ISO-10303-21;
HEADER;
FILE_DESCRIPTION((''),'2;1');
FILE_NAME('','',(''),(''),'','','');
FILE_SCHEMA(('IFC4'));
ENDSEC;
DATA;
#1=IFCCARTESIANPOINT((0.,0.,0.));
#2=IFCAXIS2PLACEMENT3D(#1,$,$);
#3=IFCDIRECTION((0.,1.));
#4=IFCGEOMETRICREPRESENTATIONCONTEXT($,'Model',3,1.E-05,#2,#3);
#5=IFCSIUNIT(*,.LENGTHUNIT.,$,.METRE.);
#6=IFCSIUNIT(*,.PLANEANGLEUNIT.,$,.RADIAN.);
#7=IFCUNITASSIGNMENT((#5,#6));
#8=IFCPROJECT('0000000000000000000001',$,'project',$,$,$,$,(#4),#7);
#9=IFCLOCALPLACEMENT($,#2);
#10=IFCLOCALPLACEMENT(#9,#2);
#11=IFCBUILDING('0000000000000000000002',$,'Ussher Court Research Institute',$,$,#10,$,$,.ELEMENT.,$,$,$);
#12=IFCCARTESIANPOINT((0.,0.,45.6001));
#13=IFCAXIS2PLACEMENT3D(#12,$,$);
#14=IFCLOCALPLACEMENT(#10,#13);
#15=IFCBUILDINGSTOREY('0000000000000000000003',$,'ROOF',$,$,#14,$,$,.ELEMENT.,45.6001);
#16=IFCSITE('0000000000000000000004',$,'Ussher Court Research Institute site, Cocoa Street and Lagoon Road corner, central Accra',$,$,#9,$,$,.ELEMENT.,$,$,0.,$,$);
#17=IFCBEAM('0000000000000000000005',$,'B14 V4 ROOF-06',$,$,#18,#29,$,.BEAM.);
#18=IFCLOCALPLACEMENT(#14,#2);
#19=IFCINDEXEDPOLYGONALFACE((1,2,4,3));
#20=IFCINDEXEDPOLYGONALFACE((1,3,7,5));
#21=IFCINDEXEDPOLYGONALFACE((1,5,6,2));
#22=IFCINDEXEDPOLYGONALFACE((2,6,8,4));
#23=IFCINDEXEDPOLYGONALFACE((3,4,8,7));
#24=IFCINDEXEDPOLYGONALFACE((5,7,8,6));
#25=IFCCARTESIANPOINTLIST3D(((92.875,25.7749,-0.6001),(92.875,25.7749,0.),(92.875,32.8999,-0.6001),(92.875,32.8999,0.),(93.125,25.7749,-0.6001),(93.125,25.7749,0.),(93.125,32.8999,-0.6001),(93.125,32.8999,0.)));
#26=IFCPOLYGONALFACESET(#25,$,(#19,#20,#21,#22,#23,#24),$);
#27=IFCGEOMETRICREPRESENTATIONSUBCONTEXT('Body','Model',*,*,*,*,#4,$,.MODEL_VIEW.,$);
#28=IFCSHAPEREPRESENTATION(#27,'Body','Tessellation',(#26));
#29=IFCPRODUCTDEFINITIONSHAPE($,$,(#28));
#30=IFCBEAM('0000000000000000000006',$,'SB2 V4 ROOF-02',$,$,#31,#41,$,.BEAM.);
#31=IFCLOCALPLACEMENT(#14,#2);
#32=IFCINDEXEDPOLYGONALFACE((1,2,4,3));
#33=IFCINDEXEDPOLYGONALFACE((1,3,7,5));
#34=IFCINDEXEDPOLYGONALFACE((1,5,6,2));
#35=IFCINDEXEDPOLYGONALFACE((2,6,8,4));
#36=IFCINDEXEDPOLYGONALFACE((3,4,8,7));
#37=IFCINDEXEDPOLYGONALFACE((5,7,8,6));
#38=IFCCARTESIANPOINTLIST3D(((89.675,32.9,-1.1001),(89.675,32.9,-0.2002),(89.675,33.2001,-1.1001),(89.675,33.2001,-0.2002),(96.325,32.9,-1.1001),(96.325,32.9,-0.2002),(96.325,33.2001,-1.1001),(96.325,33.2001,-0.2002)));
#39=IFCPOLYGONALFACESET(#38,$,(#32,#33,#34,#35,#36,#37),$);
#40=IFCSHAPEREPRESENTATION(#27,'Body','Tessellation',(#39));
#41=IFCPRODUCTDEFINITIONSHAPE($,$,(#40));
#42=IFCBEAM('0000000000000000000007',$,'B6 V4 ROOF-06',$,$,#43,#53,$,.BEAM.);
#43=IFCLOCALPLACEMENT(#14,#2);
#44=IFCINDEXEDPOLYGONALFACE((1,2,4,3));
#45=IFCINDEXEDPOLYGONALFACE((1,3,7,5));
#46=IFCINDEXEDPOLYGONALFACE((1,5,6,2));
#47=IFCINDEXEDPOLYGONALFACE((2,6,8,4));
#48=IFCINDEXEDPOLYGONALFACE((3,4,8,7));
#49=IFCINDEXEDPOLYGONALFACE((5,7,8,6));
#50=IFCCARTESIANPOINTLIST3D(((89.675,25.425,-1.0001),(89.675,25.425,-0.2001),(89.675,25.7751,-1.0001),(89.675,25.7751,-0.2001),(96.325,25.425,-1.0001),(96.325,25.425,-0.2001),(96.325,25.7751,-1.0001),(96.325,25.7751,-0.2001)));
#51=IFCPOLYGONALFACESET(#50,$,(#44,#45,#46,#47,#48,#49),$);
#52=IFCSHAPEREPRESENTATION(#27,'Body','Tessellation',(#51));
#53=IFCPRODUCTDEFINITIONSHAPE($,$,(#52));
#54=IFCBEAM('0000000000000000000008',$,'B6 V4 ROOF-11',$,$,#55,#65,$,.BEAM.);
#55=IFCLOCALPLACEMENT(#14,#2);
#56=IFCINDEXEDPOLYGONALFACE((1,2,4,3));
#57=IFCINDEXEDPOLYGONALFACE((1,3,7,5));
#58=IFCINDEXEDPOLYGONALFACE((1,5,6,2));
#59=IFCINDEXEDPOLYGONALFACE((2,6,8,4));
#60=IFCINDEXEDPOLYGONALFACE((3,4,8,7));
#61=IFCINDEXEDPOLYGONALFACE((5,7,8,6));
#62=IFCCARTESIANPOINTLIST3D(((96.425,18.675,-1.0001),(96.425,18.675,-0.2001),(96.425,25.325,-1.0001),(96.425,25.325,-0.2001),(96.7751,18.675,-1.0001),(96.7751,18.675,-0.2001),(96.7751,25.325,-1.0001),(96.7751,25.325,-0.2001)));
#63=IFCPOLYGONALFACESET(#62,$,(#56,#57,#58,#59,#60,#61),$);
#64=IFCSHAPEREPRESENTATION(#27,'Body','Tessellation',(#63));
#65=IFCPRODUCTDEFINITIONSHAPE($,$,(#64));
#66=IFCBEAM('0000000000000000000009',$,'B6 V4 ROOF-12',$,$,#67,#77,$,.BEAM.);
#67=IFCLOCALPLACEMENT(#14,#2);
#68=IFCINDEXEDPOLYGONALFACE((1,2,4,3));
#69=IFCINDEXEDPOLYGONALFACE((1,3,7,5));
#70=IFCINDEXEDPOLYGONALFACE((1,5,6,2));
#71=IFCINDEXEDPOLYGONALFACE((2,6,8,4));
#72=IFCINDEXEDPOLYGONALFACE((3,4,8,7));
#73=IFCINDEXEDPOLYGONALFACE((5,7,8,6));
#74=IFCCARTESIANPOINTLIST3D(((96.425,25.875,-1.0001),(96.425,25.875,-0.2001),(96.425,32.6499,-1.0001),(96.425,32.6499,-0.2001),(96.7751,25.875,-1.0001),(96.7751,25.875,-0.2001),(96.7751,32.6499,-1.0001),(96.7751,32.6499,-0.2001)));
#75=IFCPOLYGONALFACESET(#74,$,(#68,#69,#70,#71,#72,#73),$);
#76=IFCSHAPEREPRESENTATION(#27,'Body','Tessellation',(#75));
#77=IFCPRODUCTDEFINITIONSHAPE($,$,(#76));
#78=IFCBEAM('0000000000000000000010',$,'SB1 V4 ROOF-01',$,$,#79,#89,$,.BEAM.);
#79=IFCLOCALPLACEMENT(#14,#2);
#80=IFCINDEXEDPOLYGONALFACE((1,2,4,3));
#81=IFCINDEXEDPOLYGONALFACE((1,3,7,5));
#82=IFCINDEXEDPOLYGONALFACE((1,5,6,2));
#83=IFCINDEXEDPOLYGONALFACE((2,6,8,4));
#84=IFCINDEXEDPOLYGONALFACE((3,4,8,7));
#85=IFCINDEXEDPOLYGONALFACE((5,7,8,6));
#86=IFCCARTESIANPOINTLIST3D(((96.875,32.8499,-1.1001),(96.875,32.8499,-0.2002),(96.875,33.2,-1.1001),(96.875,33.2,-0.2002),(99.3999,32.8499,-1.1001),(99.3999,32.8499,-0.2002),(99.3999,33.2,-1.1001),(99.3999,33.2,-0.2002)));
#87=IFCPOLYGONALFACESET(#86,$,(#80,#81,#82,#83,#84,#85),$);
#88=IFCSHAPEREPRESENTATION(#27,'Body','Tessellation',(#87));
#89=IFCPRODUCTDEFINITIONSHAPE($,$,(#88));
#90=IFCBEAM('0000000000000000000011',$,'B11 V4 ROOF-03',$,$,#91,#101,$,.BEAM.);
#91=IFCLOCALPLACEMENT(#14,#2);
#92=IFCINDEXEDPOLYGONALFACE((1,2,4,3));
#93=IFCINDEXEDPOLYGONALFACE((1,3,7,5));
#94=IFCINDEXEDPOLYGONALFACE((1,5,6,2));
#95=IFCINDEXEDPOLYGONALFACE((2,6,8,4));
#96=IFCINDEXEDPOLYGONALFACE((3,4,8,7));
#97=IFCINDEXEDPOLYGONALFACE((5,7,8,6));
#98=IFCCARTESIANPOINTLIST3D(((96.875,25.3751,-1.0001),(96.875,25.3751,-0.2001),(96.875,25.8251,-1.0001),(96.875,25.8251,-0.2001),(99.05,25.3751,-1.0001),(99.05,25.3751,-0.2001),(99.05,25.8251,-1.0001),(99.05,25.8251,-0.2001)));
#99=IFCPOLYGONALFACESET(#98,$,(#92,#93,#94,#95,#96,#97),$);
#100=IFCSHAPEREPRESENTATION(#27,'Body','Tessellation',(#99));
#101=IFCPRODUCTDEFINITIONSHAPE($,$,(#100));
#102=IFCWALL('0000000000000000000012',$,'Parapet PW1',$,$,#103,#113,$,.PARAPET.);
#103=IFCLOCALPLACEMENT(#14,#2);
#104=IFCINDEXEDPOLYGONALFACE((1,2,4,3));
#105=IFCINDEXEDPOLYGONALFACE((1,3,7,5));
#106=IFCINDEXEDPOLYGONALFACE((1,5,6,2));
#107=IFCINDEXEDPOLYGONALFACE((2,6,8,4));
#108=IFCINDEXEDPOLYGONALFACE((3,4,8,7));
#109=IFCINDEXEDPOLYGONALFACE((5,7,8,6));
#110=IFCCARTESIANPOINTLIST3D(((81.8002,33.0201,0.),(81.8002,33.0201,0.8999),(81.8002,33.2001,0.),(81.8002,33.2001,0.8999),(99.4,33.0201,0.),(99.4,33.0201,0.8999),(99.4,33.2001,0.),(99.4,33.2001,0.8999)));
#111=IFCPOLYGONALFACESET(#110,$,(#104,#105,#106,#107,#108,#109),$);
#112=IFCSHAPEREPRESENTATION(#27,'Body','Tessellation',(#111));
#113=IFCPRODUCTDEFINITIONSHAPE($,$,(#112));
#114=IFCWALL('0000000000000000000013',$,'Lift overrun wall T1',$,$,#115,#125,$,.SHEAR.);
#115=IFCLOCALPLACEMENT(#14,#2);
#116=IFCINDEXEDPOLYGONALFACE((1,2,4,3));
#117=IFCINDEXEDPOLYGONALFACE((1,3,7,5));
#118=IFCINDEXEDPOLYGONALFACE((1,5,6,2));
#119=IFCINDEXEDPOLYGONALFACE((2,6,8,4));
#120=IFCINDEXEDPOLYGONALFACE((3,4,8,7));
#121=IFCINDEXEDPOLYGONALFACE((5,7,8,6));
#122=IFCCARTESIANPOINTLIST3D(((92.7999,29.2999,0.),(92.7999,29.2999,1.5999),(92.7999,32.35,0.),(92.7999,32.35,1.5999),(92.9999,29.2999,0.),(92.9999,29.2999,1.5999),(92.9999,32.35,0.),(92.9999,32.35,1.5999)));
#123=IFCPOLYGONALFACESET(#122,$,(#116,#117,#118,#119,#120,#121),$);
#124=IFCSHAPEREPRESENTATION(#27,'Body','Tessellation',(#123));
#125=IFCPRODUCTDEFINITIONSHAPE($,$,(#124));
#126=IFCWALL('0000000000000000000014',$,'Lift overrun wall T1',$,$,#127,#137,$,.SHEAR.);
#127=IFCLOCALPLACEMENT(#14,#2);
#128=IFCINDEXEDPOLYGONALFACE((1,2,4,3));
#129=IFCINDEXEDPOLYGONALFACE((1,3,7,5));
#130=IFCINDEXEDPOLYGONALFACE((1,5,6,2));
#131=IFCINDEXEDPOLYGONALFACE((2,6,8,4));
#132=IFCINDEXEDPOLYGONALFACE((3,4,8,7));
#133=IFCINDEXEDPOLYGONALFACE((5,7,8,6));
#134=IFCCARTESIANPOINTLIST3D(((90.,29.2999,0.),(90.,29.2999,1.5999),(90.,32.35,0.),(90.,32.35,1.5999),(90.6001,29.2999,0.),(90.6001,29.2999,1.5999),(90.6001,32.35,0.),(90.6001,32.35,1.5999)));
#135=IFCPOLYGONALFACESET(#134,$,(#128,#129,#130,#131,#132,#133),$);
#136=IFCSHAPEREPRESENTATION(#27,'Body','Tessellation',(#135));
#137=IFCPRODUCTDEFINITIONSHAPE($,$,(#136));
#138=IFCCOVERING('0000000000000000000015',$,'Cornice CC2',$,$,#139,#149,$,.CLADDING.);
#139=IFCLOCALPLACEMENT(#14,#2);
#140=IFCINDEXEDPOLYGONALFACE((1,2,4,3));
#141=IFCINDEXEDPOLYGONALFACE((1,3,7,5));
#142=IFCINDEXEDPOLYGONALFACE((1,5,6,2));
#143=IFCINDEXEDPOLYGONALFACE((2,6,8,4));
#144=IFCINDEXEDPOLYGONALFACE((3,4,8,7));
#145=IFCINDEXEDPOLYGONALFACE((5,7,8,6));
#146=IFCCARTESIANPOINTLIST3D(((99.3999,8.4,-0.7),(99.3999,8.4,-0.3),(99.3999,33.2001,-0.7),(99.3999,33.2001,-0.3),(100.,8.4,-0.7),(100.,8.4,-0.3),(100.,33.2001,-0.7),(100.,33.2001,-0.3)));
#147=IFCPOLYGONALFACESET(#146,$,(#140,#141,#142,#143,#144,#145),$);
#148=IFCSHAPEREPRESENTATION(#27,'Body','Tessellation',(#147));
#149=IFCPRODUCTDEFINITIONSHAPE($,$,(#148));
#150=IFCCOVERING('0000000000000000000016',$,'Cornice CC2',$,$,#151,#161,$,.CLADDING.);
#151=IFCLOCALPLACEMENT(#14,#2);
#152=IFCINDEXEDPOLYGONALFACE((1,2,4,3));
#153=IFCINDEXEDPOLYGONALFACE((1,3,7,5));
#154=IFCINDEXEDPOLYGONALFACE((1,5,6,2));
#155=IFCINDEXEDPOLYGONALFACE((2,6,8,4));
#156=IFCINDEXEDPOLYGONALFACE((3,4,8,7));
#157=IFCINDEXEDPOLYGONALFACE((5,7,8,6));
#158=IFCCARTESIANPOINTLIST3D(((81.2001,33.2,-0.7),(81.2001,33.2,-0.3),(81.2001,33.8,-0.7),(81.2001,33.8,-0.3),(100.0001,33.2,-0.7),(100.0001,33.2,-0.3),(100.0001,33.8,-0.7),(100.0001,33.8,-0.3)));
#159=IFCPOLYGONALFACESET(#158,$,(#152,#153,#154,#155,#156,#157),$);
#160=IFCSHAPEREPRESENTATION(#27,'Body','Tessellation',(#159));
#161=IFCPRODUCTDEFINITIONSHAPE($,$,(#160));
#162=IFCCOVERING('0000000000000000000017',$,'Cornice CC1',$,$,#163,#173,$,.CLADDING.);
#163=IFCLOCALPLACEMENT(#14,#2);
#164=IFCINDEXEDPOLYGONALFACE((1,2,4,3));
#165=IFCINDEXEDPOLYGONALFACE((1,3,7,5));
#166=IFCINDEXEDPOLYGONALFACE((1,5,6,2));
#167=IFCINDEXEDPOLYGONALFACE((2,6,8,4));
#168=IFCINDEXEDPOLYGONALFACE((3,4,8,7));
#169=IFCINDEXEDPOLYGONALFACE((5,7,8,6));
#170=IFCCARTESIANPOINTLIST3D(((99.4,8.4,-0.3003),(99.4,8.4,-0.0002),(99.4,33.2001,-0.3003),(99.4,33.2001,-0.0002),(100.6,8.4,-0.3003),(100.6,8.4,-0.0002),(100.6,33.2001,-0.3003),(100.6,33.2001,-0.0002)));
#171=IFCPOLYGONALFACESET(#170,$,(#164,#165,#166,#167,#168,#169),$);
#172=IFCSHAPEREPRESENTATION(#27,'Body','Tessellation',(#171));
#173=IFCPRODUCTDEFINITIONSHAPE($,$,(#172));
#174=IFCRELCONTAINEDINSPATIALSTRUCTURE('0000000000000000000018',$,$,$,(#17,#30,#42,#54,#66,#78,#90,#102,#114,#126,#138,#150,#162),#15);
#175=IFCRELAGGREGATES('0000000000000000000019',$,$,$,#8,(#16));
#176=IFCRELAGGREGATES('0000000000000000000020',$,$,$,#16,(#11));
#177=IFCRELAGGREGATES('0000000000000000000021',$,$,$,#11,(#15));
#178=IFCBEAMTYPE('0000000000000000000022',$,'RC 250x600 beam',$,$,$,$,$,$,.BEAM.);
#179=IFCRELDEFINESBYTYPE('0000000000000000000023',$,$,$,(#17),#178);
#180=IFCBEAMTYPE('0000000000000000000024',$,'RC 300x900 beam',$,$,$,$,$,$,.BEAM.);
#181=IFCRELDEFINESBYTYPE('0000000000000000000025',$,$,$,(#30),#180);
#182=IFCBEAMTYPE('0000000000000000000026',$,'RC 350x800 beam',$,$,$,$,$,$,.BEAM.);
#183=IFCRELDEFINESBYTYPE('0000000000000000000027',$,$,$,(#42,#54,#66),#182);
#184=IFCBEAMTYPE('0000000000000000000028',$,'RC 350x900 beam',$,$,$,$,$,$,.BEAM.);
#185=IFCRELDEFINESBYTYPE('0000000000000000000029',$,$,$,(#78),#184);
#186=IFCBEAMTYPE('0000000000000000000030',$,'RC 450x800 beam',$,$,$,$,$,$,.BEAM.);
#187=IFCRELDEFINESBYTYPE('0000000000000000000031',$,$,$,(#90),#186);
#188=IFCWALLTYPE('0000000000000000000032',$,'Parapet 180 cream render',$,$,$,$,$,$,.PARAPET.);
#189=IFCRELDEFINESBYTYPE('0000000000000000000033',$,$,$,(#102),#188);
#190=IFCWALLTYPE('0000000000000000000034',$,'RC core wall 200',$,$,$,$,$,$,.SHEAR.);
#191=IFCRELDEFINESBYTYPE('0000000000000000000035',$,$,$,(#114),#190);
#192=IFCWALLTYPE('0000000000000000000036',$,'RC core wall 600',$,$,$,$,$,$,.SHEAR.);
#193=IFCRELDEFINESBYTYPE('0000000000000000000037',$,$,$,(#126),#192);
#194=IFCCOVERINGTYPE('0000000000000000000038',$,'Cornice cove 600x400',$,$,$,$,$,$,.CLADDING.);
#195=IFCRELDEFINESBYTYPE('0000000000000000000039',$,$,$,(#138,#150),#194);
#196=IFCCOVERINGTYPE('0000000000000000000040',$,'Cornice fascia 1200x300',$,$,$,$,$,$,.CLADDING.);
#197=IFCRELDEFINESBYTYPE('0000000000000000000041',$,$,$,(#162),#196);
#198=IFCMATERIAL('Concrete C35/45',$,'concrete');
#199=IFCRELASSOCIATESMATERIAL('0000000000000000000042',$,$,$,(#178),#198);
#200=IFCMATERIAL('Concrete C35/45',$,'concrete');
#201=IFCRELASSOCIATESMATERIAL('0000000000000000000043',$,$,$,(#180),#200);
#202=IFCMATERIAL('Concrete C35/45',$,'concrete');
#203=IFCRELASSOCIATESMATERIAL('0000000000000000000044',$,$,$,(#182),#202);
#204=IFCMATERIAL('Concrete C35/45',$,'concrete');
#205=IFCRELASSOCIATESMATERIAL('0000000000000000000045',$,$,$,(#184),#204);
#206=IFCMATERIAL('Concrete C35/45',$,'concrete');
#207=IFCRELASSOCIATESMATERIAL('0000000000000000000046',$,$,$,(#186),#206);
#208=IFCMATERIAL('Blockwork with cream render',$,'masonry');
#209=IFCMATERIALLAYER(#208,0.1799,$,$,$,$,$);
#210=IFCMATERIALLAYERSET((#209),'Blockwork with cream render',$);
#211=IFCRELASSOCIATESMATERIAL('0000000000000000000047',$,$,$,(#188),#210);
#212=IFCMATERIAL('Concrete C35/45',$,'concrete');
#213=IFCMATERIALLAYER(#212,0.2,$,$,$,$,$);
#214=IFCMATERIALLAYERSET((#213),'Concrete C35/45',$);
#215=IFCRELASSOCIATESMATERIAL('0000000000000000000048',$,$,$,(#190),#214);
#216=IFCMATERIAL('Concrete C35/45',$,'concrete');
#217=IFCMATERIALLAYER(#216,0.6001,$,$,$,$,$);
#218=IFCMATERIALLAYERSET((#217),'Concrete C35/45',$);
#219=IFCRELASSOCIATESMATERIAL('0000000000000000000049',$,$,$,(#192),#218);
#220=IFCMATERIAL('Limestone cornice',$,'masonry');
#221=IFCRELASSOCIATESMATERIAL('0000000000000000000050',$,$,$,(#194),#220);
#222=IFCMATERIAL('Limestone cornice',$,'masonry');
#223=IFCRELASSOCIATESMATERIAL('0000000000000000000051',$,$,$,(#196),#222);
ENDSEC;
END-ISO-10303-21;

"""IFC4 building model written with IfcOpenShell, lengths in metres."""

from ifc_helpers import new_model, si_unit, direction, frame, frame_2d, origin, origin_2d, place, context, subcontext, project, spatial, rectangle, extrude, material, layer, layer_set, material_profile, profile_set, type_object, element, save


model = new_model("IFC4")

# Units and contexts
model_context = context("Model", 3, precision=1e-05, world=origin(), true_north=direction((0.0, 1.0)))
body_context = subcontext(model_context, "Body", "Model", "MODEL_VIEW")
ifc_project = project(units=[si_unit("LENGTHUNIT", "METRE"), si_unit("PLANEANGLEUNIT", "RADIAN")], contexts=[model_context])

# Site, building, storey
site_placement = place(None, origin())
site = spatial("IfcSite", under=ifc_project, at=site_placement, Name="Ussher Court Research Institute site, Cocoa Street and Lagoon Road corner, central Accra", CompositionType="ELEMENT", RefElevation=0.0)
building_placement = place(site_placement, origin())
building = spatial("IfcBuilding", under=site, at=building_placement, Name="Ussher Court Research Institute", CompositionType="ELEMENT")
storey_placement = place(building_placement, frame((0.0, 0.0, 45.6001)))
storey = spatial("IfcBuildingStorey", under=building, at=storey_placement, Name="ROOF", CompositionType="ELEMENT", Elevation=45.6001)

# Beams
ifc_material_1 = material(Name="Concrete C35/45", Category="concrete")
ifc_material_profile_1 = material_profile(ifc_material_1, rectangle(XDim=0.25, YDim=0.6001, at=origin_2d()), Name="RC 250x600")
ifc_profile_set_1 = profile_set([ifc_material_profile_1], Name="Concrete C35/45")
beam_type_1 = type_object("IfcBeamType", Name="RC 250x600 beam", PredefinedType="BEAM", material=ifc_profile_set_1)
beam_1_placement = place(storey_placement, frame((93.0, 25.7749, -0.3), z_axis=(0.0, 1.0, 0.0), x_axis=(-1.0, 0.0, 0.0)))
element("IfcBeam", 1, at=beam_1_placement, inside=storey, type_object=beam_type_1, Name="B14 V4 ROOF-06", PredefinedType="BEAM", context=body_context, shape_type="SweptSolid", body=[
    extrude(rectangle(XDim=0.25, YDim=0.6001, at=origin_2d()), origin(), (0.0, 0.0, 1.0), 7.125),
])
ifc_material_2 = material(Name="Concrete C35/45", Category="concrete")
ifc_material_profile_2 = material_profile(ifc_material_2, rectangle(XDim=0.3, YDim=0.8999, at=origin_2d()), Name="RC 300x900")
ifc_profile_set_2 = profile_set([ifc_material_profile_2], Name="Concrete C35/45")
beam_type_2 = type_object("IfcBeamType", Name="RC 300x900 beam", PredefinedType="BEAM", material=ifc_profile_set_2)
beam_2_placement = place(storey_placement, frame((89.675, 33.05, -0.6501), z_axis=(1.0, 0.0, 0.0), x_axis=(0.0, 1.0, 0.0)))
element("IfcBeam", 2, at=beam_2_placement, inside=storey, type_object=beam_type_2, Name="SB2 V4 ROOF-02", PredefinedType="BEAM", context=body_context, shape_type="SweptSolid", body=[
    extrude(rectangle(XDim=0.3, YDim=0.8999, at=origin_2d()), origin(), (0.0, 0.0, 1.0), 6.6499),
])
ifc_material_3 = material(Name="Concrete C35/45", Category="concrete")
ifc_material_profile_3 = material_profile(ifc_material_3, rectangle(XDim=0.3501, YDim=0.8, at=origin_2d()), Name="RC 350x800")
ifc_profile_set_3 = profile_set([ifc_material_profile_3], Name="Concrete C35/45")
beam_type_3 = type_object("IfcBeamType", Name="RC 350x800 beam", PredefinedType="BEAM", material=ifc_profile_set_3)
for number, where, z_axis, x_axis, name in (
    (3, (89.675, 25.6001, -0.6001), (1.0, 0.0, 0.0), (0.0, 1.0, 0.0), "B6 V4 ROOF-06"),
    (4, (96.6001, 18.675, -0.6001), (0.0, 1.0, 0.0), (-1.0, 0.0, 0.0), "B6 V4 ROOF-11"),
):
    element("IfcBeam", number, at=place(storey_placement, frame(where, z_axis=z_axis, x_axis=x_axis)), inside=storey, type_object=beam_type_3, Name=name, PredefinedType="BEAM", context=body_context, shape_type="SweptSolid", body=[
        extrude(rectangle(XDim=0.3501, YDim=0.8, at=origin_2d()), origin(), (0.0, 0.0, 1.0), 6.6499),
    ])
beam_3_placement = place(storey_placement, frame((96.6001, 25.875, -0.6001), z_axis=(0.0, 1.0, 0.0), x_axis=(-1.0, 0.0, 0.0)))
element("IfcBeam", 5, at=beam_3_placement, inside=storey, type_object=beam_type_3, Name="B6 V4 ROOF-12", PredefinedType="BEAM", context=body_context, shape_type="SweptSolid", body=[
    extrude(rectangle(XDim=0.3501, YDim=0.8, at=origin_2d()), origin(), (0.0, 0.0, 1.0), 6.7749),
])
ifc_material_4 = material(Name="Concrete C35/45", Category="concrete")
ifc_material_profile_4 = material_profile(ifc_material_4, rectangle(XDim=0.3501, YDim=0.8999, at=origin_2d()), Name="RC 350x900")
ifc_profile_set_4 = profile_set([ifc_material_profile_4], Name="Concrete C35/45")
beam_type_4 = type_object("IfcBeamType", Name="RC 350x900 beam", PredefinedType="BEAM", material=ifc_profile_set_4)
beam_4_placement = place(storey_placement, frame((96.875, 33.0249, -0.6501), z_axis=(1.0, 0.0, 0.0), x_axis=(0.0, 1.0, 0.0)))
element("IfcBeam", 6, at=beam_4_placement, inside=storey, type_object=beam_type_4, Name="SB1 V4 ROOF-01", PredefinedType="BEAM", context=body_context, shape_type="SweptSolid", body=[
    extrude(rectangle(XDim=0.3501, YDim=0.8999, at=origin_2d()), origin(), (0.0, 0.0, 1.0), 2.5249),
])
ifc_material_5 = material(Name="Concrete C35/45", Category="concrete")
ifc_material_profile_5 = material_profile(ifc_material_5, rectangle(XDim=0.45, YDim=0.8, at=origin_2d()), Name="RC 450x800")
ifc_profile_set_5 = profile_set([ifc_material_profile_5], Name="Concrete C35/45")
beam_type_5 = type_object("IfcBeamType", Name="RC 450x800 beam", PredefinedType="BEAM", material=ifc_profile_set_5)
beam_5_placement = place(storey_placement, frame((96.875, 25.6001, -0.6001), z_axis=(1.0, 0.0, 0.0), x_axis=(0.0, 1.0, 0.0)))
element("IfcBeam", 7, at=beam_5_placement, inside=storey, type_object=beam_type_5, Name="B11 V4 ROOF-03", PredefinedType="BEAM", context=body_context, shape_type="SweptSolid", body=[
    extrude(rectangle(XDim=0.45, YDim=0.8, at=origin_2d()), origin(), (0.0, 0.0, 1.0), 2.175),
])

# Walls
ifc_material_6 = material(Name="Blockwork with cream render", Category="masonry")
ifc_layer_1 = layer(ifc_material_6, 0.1799)
ifc_layer_set_1 = layer_set([ifc_layer_1], Name="Blockwork with cream render")
wall_type_1 = type_object("IfcWallType", Name="Parapet 180 cream render", PredefinedType="PARAPET", material=ifc_layer_set_1)
wall_1_placement = place(storey_placement, frame((99.3999, 33.1101, 0.0), z_axis=(0.0, 0.0, 1.0), x_axis=(-1.0, 0.0, 0.0)))
element("IfcWall", 8, at=wall_1_placement, inside=storey, type_object=wall_type_1, Name="Parapet PW1", PredefinedType="PARAPET", context=body_context, shape_type="SweptSolid", body=[
    extrude(rectangle(XDim=17.5999, YDim=0.1799, at=frame_2d((8.7998, 0.0))), origin(), (0.0, 0.0, 1.0), 0.8999),
])
ifc_material_7 = material(Name="Concrete C35/45", Category="concrete")
ifc_layer_2 = layer(ifc_material_7, 0.2)
ifc_layer_set_2 = layer_set([ifc_layer_2], Name="Concrete C35/45")
wall_type_2 = type_object("IfcWallType", Name="RC core wall 200", PredefinedType="SHEAR", material=ifc_layer_set_2)
wall_2_placement = place(storey_placement, frame((92.8999, 29.3, 0.0), z_axis=(0.0, 0.0, 1.0), x_axis=(0.0, 1.0, 0.0)))
element("IfcWall", 9, at=wall_2_placement, inside=storey, type_object=wall_type_2, Name="Lift overrun wall T1", PredefinedType="SHEAR", context=body_context, shape_type="SweptSolid", body=[
    extrude(rectangle(XDim=3.05, YDim=0.2, at=frame_2d((1.5249, 0.0))), origin(), (0.0, 0.0, 1.0), 1.5999),
])
ifc_material_8 = material(Name="Concrete C35/45", Category="concrete")
ifc_layer_3 = layer(ifc_material_8, 0.6001)
ifc_layer_set_3 = layer_set([ifc_layer_3], Name="Concrete C35/45")
wall_type_3 = type_object("IfcWallType", Name="RC core wall 600", PredefinedType="SHEAR", material=ifc_layer_set_3)
wall_3_placement = place(storey_placement, frame((90.3, 29.3, 0.0), z_axis=(0.0, 0.0, 1.0), x_axis=(0.0, 1.0, 0.0)))
element("IfcWall", 10, at=wall_3_placement, inside=storey, type_object=wall_type_3, Name="Lift overrun wall T1", PredefinedType="SHEAR", context=body_context, shape_type="SweptSolid", body=[
    extrude(rectangle(XDim=3.05, YDim=0.6001, at=frame_2d((1.5249, 0.0))), origin(), (0.0, 0.0, 1.0), 1.5999),
])

# Coverings
ifc_material_9 = material(Name="Limestone cornice", Category="masonry")
covering_type_1 = type_object("IfcCoveringType", Name="Cornice cove 600x400", PredefinedType="CLADDING", material=ifc_material_9)
covering_1_placement = place(storey_placement, frame((99.7, 20.8, -0.7), z_axis=(0.0, 0.0, 1.0), x_axis=(0.0, 1.0, 0.0)))
element("IfcCovering", 11, at=covering_1_placement, inside=storey, type_object=covering_type_1, Name="Cornice CC2", PredefinedType="CLADDING", context=body_context, shape_type="SweptSolid", body=[
    extrude(rectangle(XDim=24.8, YDim=0.6001, at=origin_2d()), origin(), (0.0, 0.0, 1.0), 0.3999),
])
covering_2_placement = place(storey_placement, frame((90.6001, 33.5, -0.7), z_axis=(0.0, 0.0, 1.0), x_axis=(-1.0, 0.0, 0.0)))
element("IfcCovering", 12, at=covering_2_placement, inside=storey, type_object=covering_type_1, Name="Cornice CC2", PredefinedType="CLADDING", context=body_context, shape_type="SweptSolid", body=[
    extrude(rectangle(XDim=18.8, YDim=0.6001, at=origin_2d()), origin(), (0.0, 0.0, 1.0), 0.3999),
])
ifc_material_10 = material(Name="Limestone cornice", Category="masonry")
covering_type_2 = type_object("IfcCoveringType", Name="Cornice fascia 1200x300", PredefinedType="CLADDING", material=ifc_material_10)
covering_3_placement = place(storey_placement, frame((100.0, 20.8, -0.3003), z_axis=(0.0, 0.0, 1.0), x_axis=(0.0, 1.0, 0.0)))
element("IfcCovering", 13, at=covering_3_placement, inside=storey, type_object=covering_type_2, Name="Cornice CC1", PredefinedType="CLADDING", context=body_context, shape_type="SweptSolid", body=[
    extrude(rectangle(XDim=24.8, YDim=1.2, at=origin_2d()), origin(), (0.0, 0.0, 1.0), 0.3),
])

save(model, "model.ifc")
